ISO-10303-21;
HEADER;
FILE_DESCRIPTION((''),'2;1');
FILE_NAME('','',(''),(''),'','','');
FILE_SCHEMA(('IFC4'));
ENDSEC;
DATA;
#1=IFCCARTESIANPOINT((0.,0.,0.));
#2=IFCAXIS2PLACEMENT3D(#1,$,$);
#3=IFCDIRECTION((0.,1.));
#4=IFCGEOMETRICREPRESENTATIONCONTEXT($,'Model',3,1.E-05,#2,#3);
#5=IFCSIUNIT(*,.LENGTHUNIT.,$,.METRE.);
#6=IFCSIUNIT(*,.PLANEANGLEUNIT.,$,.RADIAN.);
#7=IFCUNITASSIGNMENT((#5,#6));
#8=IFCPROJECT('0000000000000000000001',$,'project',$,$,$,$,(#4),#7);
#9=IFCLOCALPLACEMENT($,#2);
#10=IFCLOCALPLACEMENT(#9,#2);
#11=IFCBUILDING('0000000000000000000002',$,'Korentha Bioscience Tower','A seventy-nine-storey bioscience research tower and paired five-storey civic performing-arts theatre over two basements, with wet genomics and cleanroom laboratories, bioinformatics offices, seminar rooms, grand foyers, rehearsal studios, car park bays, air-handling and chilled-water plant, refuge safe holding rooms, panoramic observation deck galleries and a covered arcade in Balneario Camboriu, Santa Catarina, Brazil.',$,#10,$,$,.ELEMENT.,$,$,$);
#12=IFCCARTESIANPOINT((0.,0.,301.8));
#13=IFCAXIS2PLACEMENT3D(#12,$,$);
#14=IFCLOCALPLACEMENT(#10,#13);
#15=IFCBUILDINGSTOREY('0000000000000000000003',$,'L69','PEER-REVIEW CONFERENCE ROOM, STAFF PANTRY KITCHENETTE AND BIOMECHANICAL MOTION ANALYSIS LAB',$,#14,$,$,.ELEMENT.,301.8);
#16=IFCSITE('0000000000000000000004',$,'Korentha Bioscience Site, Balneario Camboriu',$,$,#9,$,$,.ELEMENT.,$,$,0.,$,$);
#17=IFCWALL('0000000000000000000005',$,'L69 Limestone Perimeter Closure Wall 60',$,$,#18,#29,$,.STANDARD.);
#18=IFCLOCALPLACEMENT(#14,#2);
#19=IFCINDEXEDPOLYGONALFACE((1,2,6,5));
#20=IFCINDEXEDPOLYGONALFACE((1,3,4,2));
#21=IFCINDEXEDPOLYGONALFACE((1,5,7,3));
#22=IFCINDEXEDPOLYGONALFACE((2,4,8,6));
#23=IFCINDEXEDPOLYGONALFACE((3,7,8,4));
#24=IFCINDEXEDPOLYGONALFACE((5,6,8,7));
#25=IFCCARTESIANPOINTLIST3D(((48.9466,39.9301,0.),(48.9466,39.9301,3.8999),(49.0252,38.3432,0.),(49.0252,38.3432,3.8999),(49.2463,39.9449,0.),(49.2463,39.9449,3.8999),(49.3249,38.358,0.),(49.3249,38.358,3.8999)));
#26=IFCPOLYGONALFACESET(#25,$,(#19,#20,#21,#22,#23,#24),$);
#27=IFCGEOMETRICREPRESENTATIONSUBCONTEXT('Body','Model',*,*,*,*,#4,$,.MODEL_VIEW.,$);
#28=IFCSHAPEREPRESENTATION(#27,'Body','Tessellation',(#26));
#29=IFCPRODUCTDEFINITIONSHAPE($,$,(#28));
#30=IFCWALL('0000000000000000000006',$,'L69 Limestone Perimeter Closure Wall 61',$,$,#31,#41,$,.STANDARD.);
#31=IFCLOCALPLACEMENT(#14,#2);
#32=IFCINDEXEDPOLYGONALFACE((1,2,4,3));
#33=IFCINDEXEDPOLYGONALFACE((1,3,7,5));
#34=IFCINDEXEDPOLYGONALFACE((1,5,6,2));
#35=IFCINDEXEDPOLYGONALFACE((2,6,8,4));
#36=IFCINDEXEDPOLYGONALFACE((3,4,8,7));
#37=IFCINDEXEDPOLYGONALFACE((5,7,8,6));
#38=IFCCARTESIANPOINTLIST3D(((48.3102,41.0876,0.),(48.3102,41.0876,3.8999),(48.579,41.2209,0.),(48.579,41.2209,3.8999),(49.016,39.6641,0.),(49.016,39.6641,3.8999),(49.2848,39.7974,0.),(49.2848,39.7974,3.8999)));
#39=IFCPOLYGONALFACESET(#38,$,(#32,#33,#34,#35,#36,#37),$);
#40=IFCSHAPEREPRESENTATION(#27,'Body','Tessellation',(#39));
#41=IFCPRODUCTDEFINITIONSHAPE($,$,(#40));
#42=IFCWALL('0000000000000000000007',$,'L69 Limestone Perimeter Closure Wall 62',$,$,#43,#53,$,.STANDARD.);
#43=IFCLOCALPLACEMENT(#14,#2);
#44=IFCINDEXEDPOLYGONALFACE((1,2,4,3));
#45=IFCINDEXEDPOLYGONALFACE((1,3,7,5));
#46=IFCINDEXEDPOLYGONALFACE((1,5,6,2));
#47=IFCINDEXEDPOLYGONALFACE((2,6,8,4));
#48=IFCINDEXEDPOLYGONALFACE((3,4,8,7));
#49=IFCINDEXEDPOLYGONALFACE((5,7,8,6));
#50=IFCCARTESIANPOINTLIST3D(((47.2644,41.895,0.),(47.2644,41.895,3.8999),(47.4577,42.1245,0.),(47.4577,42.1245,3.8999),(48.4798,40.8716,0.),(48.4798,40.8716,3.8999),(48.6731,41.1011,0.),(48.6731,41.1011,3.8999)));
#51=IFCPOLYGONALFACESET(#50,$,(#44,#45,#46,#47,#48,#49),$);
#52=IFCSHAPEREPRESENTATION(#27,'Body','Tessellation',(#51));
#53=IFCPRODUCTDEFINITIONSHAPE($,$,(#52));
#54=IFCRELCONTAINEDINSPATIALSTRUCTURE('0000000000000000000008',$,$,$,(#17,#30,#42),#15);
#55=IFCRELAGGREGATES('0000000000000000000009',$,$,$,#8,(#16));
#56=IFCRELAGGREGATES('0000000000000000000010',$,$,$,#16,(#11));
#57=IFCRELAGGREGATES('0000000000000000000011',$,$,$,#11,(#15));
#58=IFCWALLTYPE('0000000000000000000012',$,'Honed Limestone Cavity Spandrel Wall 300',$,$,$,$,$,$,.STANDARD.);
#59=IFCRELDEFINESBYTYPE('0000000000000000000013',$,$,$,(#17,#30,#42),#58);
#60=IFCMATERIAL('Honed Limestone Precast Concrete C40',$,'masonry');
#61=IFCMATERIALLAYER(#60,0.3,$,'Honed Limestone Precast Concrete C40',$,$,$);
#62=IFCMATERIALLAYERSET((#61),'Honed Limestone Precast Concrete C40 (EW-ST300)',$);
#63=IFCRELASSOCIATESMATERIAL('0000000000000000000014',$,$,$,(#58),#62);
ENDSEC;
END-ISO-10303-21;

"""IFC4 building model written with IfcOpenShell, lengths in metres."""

from ifc_helpers import new_model, si_unit, direction, frame, frame_2d, origin, place, context, subcontext, project, spatial, rectangle, extrude, material, layer, layer_set, type_object, element, save


model = new_model("IFC4")

# Units and contexts
model_context = context("Model", 3, precision=1e-05, world=origin(), true_north=direction((0.0, 1.0)))
body_context = subcontext(model_context, "Body", "Model", "MODEL_VIEW")
ifc_project = project(units=[si_unit("LENGTHUNIT", "METRE"), si_unit("PLANEANGLEUNIT", "RADIAN")], contexts=[model_context])

# Site, building, storey
site_placement = place(None, origin())
site = spatial("IfcSite", under=ifc_project, at=site_placement, Name="Korentha Bioscience Site, Balneario Camboriu", CompositionType="ELEMENT", RefElevation=0.0)
building_placement = place(site_placement, origin())
building = spatial("IfcBuilding", under=site, at=building_placement, Name="Korentha Bioscience Tower", Description="A seventy-nine-storey bioscience research tower and paired five-storey civic performing-arts theatre over two basements, with wet genomics and cleanroom laboratories, bioinformatics offices, seminar rooms, grand foyers, rehearsal studios, car park bays, air-handling and chilled-water plant, refuge safe holding rooms, panoramic observation deck galleries and a covered arcade in Balneario Camboriu, Santa Catarina, Brazil.", CompositionType="ELEMENT")
storey_placement = place(building_placement, frame((0.0, 0.0, 301.8)))
storey = spatial("IfcBuildingStorey", under=building, at=storey_placement, Name="L69", Description="PEER-REVIEW CONFERENCE ROOM, STAFF PANTRY KITCHENETTE AND BIOMECHANICAL MOTION ANALYSIS LAB", CompositionType="ELEMENT", Elevation=301.8)

# Walls
ifc_material_1 = material(Name="Honed Limestone Precast Concrete C40", Category="masonry")
ifc_layer_1 = layer(ifc_material_1, 0.3, Name="Honed Limestone Precast Concrete C40")
ifc_layer_set_1 = layer_set([ifc_layer_1], Name="Honed Limestone Precast Concrete C40 (EW-ST300)")
wall_type_1 = type_object("IfcWallType", Name="Honed Limestone Cavity Spandrel Wall 300", PredefinedType="STANDARD", material=ifc_layer_set_1)
for number, where, z_axis, x_axis, name in (
    (1, (49.175, 38.3506, 0.0), (0.0, 0.0, 1.0), (-0.049478, 0.998775, 0.0), "L69 Limestone Perimeter Closure Wall 60"),
    (2, (49.1504, 39.7307, 0.0), (0.0, 0.0, 1.0), (-0.4442, 0.895928, 0.0), "L69 Limestone Perimeter Closure Wall 61"),
    (3, (48.5764, 40.9863, 0.0), (0.0, 0.0, 1.0), (-0.764911, 0.644136, 0.0), "L69 Limestone Perimeter Closure Wall 62"),
):
    element("IfcWall", number, at=place(storey_placement, frame(where, z_axis=z_axis, x_axis=x_axis)), inside=storey, type_object=wall_type_1, Name=name, PredefinedType="STANDARD", context=body_context, shape_type="SweptSolid", body=[
        extrude(rectangle(XDim=1.5889, YDim=0.3, at=frame_2d((0.7944, 0.0))), origin(), (0.0, 0.0, 1.0), 3.8999),
    ])

save(model, "model.ifc")
